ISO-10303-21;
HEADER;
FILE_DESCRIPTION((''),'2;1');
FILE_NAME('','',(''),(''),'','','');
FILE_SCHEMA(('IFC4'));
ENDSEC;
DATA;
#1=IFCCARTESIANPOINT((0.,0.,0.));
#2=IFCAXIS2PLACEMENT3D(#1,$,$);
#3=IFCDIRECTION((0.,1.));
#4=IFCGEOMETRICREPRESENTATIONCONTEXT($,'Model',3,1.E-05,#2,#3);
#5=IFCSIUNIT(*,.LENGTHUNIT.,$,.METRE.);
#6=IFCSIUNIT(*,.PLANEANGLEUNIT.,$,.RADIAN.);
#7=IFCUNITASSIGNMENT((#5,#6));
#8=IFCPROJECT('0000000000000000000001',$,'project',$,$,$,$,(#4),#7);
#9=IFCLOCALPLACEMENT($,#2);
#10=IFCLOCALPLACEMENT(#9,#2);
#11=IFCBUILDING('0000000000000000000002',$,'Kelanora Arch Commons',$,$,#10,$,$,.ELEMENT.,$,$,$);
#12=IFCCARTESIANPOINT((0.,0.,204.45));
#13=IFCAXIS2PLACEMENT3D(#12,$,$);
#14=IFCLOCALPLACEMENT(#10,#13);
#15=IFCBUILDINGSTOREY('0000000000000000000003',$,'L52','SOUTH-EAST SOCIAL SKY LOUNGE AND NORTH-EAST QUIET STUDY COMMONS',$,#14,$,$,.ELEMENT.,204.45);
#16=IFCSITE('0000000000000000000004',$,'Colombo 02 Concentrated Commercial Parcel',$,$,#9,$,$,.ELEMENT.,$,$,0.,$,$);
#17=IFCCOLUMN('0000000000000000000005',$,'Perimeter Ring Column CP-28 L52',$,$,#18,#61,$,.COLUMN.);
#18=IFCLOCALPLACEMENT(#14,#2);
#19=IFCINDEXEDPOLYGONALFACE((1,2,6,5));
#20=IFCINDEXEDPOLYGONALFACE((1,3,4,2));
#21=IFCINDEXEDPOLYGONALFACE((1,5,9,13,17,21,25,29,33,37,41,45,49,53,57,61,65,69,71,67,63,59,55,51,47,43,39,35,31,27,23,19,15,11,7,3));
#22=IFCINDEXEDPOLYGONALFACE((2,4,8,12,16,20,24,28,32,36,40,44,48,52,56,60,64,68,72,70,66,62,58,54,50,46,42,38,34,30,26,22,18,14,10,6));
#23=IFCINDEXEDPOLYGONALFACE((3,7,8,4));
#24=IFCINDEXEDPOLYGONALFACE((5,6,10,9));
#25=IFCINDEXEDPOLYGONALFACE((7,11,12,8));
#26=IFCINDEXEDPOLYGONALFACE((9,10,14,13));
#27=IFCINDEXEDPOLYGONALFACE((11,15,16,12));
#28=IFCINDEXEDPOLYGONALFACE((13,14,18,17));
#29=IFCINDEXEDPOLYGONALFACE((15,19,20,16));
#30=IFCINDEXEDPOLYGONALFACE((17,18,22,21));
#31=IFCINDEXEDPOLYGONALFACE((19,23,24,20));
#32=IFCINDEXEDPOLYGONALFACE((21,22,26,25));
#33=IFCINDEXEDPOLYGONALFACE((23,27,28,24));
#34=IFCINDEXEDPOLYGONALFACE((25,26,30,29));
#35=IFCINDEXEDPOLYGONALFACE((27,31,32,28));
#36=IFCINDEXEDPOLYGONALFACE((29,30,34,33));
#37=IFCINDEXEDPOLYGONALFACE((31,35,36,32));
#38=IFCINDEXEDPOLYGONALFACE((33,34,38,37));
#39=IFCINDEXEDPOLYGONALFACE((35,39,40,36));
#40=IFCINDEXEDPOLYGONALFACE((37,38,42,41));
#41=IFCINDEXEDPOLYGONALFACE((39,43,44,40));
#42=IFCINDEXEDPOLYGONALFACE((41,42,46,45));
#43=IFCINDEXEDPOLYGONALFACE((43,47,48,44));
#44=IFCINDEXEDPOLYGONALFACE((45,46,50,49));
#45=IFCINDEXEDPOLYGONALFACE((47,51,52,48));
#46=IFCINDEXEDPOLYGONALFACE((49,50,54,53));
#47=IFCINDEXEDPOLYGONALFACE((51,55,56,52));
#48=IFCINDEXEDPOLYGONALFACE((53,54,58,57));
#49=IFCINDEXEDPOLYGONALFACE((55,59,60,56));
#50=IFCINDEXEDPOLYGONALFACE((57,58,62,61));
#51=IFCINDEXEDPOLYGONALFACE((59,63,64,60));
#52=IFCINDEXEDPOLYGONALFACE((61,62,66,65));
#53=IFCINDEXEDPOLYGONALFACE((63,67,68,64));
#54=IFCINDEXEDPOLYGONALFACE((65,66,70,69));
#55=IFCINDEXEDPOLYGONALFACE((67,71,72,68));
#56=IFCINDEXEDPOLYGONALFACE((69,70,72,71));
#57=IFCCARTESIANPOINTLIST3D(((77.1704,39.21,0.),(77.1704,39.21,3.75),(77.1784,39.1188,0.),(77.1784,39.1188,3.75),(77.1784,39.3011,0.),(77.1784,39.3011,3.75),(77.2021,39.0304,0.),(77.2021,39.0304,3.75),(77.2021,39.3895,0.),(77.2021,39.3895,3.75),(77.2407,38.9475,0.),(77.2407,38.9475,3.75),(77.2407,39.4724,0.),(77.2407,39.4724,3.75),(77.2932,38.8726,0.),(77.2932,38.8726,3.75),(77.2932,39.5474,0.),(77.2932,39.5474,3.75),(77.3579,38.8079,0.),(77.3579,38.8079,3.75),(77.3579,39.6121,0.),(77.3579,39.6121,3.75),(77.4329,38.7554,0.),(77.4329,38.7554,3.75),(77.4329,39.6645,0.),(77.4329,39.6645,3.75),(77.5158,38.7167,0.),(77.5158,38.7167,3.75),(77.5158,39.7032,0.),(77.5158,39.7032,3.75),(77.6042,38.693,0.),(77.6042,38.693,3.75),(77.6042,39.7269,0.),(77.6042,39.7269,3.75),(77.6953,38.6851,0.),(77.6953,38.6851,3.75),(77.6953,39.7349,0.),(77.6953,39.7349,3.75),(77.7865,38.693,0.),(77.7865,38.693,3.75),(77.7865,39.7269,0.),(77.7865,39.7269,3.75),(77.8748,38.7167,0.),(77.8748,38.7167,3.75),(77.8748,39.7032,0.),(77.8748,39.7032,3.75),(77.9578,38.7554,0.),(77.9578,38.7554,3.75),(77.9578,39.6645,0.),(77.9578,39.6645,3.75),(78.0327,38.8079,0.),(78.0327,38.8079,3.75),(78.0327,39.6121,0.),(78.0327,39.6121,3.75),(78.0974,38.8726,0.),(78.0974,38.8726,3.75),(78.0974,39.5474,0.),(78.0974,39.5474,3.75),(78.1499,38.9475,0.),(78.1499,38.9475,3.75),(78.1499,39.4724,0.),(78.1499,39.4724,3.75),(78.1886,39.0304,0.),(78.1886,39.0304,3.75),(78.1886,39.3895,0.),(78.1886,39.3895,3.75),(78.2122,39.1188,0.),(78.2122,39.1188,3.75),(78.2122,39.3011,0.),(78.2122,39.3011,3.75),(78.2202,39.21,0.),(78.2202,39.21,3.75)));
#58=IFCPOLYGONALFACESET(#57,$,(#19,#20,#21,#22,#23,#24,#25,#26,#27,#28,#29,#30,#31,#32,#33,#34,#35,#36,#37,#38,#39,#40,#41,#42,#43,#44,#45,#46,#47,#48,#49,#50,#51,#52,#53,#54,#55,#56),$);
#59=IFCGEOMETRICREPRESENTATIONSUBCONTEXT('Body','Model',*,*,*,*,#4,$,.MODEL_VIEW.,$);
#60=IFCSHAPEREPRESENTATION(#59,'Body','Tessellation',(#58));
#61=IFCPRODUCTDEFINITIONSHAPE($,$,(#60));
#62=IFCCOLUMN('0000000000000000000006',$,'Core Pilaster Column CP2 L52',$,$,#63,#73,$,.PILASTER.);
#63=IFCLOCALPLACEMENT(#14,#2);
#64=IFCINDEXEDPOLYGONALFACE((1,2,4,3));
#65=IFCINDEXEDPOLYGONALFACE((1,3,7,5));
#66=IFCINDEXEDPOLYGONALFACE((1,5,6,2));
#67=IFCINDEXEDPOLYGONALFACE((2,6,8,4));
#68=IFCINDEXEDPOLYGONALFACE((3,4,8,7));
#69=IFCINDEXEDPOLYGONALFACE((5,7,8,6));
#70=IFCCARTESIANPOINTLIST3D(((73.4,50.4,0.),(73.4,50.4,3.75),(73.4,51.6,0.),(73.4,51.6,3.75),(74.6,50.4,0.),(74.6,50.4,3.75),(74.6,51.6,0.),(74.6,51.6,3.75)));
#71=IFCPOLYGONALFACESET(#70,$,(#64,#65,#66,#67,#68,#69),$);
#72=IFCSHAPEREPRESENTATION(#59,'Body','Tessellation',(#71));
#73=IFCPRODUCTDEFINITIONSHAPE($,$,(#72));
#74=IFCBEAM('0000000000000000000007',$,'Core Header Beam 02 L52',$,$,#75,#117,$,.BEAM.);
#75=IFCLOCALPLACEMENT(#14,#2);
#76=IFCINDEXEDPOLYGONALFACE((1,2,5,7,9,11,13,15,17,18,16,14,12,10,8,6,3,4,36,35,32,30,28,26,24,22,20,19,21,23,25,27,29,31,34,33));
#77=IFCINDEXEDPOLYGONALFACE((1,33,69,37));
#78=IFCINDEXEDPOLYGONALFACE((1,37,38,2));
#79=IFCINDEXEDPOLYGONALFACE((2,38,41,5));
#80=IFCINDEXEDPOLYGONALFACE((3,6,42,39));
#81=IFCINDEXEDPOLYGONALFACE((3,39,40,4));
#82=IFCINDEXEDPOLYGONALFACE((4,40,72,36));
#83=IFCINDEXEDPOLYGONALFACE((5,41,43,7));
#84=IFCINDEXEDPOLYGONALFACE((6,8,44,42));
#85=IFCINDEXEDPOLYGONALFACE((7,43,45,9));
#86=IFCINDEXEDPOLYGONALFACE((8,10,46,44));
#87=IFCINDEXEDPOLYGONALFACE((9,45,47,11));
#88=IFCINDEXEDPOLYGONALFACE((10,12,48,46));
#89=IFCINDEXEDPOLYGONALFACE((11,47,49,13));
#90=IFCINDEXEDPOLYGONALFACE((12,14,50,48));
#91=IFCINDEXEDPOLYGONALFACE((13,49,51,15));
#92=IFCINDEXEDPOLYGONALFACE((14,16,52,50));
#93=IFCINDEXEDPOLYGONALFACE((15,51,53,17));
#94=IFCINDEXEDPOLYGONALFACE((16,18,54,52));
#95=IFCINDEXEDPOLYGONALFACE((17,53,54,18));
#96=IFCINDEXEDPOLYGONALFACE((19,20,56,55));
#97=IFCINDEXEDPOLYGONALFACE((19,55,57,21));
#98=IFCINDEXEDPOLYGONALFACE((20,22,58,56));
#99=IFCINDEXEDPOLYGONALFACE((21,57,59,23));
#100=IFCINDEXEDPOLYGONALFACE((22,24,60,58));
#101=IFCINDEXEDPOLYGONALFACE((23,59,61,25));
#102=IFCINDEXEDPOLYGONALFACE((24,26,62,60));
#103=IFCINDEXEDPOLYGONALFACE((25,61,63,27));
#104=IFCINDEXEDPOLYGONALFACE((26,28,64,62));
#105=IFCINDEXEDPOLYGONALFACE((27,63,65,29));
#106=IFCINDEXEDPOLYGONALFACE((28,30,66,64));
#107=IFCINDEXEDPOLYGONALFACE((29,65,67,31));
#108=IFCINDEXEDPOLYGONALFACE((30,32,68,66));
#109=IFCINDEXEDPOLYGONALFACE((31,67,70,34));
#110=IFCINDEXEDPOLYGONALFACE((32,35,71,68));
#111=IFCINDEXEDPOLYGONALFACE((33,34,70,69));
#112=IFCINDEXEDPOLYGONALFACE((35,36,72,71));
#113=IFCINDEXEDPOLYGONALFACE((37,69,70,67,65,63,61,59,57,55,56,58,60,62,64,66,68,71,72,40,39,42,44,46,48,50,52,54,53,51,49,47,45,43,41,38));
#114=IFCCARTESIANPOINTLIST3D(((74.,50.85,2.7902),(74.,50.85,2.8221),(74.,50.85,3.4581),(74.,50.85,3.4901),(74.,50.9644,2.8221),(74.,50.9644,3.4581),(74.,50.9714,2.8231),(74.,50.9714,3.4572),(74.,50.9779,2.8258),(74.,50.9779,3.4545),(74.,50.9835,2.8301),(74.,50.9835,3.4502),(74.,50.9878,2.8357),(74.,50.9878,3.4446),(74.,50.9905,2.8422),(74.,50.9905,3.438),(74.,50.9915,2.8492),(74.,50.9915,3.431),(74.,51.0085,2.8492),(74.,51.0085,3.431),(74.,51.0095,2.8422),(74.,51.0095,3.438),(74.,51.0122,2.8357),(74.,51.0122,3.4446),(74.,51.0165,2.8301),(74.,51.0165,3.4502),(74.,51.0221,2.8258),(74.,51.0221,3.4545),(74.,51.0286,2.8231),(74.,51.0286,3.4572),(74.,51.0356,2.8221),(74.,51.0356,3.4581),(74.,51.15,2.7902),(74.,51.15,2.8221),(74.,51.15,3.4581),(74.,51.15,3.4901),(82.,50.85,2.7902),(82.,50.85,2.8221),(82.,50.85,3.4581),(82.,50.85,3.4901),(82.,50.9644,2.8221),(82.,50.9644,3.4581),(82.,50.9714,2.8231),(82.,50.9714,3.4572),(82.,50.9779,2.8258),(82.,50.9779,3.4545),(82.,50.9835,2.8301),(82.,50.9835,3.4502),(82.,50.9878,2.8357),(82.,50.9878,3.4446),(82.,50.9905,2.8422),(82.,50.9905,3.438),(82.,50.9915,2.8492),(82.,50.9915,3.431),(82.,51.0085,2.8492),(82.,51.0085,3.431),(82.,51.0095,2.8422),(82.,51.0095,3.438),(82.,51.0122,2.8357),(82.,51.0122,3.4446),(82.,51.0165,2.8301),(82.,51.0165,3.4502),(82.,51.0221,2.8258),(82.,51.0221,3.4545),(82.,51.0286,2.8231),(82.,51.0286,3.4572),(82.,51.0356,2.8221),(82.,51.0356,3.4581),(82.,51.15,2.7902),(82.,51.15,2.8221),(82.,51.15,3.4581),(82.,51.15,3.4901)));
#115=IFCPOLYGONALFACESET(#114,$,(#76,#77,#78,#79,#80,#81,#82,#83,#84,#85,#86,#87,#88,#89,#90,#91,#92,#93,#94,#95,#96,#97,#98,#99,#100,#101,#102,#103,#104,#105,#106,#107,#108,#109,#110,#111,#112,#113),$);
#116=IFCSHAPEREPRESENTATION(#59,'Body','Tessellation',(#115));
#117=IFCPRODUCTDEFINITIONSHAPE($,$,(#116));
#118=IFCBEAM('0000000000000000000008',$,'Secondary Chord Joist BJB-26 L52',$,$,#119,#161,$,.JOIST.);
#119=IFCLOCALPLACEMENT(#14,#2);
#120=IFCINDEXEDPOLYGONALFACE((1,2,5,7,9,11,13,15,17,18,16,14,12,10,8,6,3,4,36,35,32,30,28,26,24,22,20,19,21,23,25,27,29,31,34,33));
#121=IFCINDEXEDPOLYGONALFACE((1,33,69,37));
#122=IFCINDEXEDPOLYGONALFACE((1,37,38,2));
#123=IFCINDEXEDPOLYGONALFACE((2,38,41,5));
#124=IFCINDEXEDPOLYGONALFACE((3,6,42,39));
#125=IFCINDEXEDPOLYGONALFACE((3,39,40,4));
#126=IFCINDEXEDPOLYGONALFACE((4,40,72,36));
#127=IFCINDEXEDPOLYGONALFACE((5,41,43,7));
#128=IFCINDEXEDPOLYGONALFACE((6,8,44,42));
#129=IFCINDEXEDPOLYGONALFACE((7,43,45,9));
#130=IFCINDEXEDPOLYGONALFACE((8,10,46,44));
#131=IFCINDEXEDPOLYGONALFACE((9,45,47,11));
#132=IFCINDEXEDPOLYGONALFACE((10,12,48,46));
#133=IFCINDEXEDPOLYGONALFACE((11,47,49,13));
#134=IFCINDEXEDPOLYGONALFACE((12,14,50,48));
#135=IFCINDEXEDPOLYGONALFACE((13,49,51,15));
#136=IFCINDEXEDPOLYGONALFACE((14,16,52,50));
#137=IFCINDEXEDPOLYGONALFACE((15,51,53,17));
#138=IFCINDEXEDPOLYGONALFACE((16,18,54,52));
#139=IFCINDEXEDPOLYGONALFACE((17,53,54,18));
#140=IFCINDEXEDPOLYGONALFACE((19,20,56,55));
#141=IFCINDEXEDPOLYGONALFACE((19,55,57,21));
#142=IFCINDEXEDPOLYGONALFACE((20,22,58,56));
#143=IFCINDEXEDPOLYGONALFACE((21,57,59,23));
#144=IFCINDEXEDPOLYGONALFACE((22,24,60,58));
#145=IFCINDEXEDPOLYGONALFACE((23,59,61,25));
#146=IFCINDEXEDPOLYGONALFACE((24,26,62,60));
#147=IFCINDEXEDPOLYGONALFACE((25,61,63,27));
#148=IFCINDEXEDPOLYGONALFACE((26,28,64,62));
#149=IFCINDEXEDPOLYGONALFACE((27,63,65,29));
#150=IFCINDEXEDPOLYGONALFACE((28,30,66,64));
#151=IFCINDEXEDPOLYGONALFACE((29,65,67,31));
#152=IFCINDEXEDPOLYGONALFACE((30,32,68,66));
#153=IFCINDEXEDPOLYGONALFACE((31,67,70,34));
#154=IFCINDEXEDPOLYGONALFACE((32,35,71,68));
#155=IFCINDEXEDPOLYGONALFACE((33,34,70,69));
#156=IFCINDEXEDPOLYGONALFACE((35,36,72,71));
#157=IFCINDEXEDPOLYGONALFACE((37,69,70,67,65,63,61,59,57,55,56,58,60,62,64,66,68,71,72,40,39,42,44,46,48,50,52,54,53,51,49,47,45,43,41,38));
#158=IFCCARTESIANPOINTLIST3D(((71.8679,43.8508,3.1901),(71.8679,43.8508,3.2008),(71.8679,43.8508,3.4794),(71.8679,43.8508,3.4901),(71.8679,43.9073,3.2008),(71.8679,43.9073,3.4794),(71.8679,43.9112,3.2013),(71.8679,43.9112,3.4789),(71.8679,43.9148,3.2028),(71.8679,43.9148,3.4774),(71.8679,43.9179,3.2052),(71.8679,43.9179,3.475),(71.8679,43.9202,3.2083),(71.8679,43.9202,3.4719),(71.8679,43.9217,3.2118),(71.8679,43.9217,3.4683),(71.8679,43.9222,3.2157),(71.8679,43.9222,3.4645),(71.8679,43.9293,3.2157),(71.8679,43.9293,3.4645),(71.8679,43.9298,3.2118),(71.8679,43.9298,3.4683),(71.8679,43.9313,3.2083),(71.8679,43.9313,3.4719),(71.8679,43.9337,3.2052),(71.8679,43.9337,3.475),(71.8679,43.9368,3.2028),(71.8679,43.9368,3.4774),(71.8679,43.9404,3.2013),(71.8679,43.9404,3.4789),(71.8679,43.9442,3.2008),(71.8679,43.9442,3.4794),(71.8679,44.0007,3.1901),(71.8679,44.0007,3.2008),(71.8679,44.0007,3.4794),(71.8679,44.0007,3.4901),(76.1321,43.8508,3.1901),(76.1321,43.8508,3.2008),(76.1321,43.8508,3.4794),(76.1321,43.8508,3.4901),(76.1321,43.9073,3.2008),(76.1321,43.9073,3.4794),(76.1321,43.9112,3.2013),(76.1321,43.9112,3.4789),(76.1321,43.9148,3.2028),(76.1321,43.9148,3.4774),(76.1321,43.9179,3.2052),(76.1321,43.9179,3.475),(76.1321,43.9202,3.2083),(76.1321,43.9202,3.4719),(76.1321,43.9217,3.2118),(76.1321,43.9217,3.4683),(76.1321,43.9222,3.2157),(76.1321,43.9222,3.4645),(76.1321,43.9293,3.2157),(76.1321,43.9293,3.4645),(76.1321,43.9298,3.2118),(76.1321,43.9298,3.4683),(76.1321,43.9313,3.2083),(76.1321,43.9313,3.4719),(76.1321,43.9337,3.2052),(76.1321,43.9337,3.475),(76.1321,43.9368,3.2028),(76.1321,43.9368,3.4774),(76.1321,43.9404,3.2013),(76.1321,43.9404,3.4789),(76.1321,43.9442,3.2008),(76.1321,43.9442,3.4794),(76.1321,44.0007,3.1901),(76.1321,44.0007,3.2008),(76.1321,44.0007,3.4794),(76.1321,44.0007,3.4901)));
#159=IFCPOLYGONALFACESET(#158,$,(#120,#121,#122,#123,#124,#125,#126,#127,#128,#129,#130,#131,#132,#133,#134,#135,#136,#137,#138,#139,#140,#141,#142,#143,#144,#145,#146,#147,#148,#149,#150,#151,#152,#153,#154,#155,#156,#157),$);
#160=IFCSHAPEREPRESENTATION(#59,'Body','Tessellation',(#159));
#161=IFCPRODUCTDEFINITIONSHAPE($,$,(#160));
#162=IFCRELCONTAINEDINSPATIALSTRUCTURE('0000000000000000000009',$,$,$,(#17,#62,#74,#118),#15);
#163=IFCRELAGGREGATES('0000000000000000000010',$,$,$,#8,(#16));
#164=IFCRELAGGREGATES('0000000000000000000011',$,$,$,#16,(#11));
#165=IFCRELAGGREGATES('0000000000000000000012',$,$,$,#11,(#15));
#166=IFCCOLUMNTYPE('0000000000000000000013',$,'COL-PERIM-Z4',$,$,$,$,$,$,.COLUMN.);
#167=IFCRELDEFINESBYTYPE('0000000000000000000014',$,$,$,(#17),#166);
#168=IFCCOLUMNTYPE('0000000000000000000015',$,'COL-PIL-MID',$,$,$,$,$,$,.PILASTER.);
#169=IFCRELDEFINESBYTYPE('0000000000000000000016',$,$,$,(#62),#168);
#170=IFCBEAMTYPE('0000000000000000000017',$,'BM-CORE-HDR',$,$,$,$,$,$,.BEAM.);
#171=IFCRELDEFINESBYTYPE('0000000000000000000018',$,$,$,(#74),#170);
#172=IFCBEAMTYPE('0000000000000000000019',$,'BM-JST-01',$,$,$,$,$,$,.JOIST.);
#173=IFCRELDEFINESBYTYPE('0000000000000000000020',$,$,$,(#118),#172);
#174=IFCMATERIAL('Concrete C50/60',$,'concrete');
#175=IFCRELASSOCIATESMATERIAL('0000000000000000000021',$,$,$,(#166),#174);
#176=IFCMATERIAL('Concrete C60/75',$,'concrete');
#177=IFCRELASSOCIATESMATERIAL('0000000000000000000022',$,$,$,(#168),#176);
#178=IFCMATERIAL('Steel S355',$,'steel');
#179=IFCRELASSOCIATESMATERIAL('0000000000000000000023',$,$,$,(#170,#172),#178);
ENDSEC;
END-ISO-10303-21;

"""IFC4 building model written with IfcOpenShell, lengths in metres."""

from ifc_helpers import new_model, si_unit, direction, frame, origin, origin_2d, place, context, subcontext, project, spatial, rectangle, circle, i_section, extrude, material, material_profile, profile_set, type_object, element, save


model = new_model("IFC4")

# Units and contexts
model_context = context("Model", 3, precision=1e-05, world=origin(), true_north=direction((0.0, 1.0)))
body_context = subcontext(model_context, "Body", "Model", "MODEL_VIEW")
ifc_project = project(units=[si_unit("LENGTHUNIT", "METRE"), si_unit("PLANEANGLEUNIT", "RADIAN")], contexts=[model_context])

# Site, building, storey
site_placement = place(None, origin())
site = spatial("IfcSite", under=ifc_project, at=site_placement, Name="Colombo 02 Concentrated Commercial Parcel", CompositionType="ELEMENT", RefElevation=0.0)
building_placement = place(site_placement, origin())
building = spatial("IfcBuilding", under=site, at=building_placement, Name="Kelanora Arch Commons", CompositionType="ELEMENT")
storey_placement = place(building_placement, frame((0.0, 0.0, 204.45)))
storey = spatial("IfcBuildingStorey", under=building, at=storey_placement, Name="L52", Description="SOUTH-EAST SOCIAL SKY LOUNGE AND NORTH-EAST QUIET STUDY COMMONS", CompositionType="ELEMENT", Elevation=204.45)

# Columns
ifc_material_1 = material(Name="Concrete C50/60", Category="concrete")
ifc_material_profile_1 = material_profile(ifc_material_1, circle(Radius=0.5249, at=origin_2d()), Name="RCC1050")
ifc_profile_set_1 = profile_set([ifc_material_profile_1], Name="Concrete C50/60")
column_type_1 = type_object("IfcColumnType", Name="COL-PERIM-Z4", PredefinedType="COLUMN", material=ifc_profile_set_1)
column_1_placement = place(storey_placement, frame((77.6953, 39.21, 0.0), z_axis=(0.0, 0.0, 1.0), x_axis=(1.0, 0.0, 0.0)))
element("IfcColumn", 1, at=column_1_placement, inside=storey, type_object=column_type_1, Name="Perimeter Ring Column CP-28 L52", PredefinedType="COLUMN", context=body_context, shape_type="SweptSolid", body=[
    extrude(circle(Radius=0.5249, at=origin_2d()), origin(), (0.0, 0.0, 1.0), 3.75),
])
ifc_material_2 = material(Name="Concrete C60/75", Category="concrete")
ifc_material_profile_2 = material_profile(ifc_material_2, rectangle(XDim=1.2, YDim=1.2, at=origin_2d()), Name="RC1200x1200")
ifc_profile_set_2 = profile_set([ifc_material_profile_2], Name="Concrete C60/75")
column_type_2 = type_object("IfcColumnType", Name="COL-PIL-MID", PredefinedType="PILASTER", material=ifc_profile_set_2)
column_2_placement = place(storey_placement, frame((74.0, 51.0, 0.0), z_axis=(0.0, 0.0, 1.0), x_axis=(1.0, 0.0, 0.0)))
element("IfcColumn", 2, at=column_2_placement, inside=storey, type_object=column_type_2, Name="Core Pilaster Column CP2 L52", PredefinedType="PILASTER", context=body_context, shape_type="SweptSolid", body=[
    extrude(rectangle(XDim=1.2, YDim=1.2, at=origin_2d()), origin(), (0.0, 0.0, 1.0), 3.75),
])

# Beams
ifc_material_3 = material(Name="Steel S355", Category="steel")
ifc_material_profile_3 = material_profile(ifc_material_3, i_section(OverallWidth=0.3, OverallDepth=0.7, WebThickness=0.0171, FlangeThickness=0.032, FilletRadius=0.0271, at=origin_2d()), Name="HEB700")
ifc_profile_set_3 = profile_set([ifc_material_profile_3], Name="Steel S355")
beam_type_1 = type_object("IfcBeamType", Name="BM-CORE-HDR", PredefinedType="BEAM", material=ifc_profile_set_3)
beam_1_placement = place(storey_placement, frame((74.0, 51.0, 3.1401), z_axis=(1.0, 0.0, 0.0), x_axis=(0.0, 1.0, 0.0)))
element("IfcBeam", 3, at=beam_1_placement, inside=storey, type_object=beam_type_1, Name="Core Header Beam 02 L52", PredefinedType="BEAM", context=body_context, shape_type="SweptSolid", body=[
    extrude(i_section(OverallWidth=0.3, OverallDepth=0.7, WebThickness=0.0171, FlangeThickness=0.032, FilletRadius=0.0271, at=origin_2d()), origin(), (0.0, 0.0, 1.0), 8.0),
])
ifc_material_profile_4 = material_profile(ifc_material_3, i_section(OverallWidth=0.1499, OverallDepth=0.3, WebThickness=0.0071, FlangeThickness=0.0107, FilletRadius=0.0149, at=origin_2d()), Name="IPE300")
ifc_profile_set_4 = profile_set([ifc_material_profile_4], Name="Steel S355")
beam_type_2 = type_object("IfcBeamType", Name="BM-JST-01", PredefinedType="JOIST", material=ifc_profile_set_4)
beam_2_placement = place(storey_placement, frame((71.8679, 43.9258, 3.3401), z_axis=(1.0, 0.0, 0.0), x_axis=(0.0, 1.0, 0.0)))
element("IfcBeam", 4, at=beam_2_placement, inside=storey, type_object=beam_type_2, Name="Secondary Chord Joist BJB-26 L52", PredefinedType="JOIST", context=body_context, shape_type="SweptSolid", body=[
    extrude(i_section(OverallWidth=0.1499, OverallDepth=0.3, WebThickness=0.0071, FlangeThickness=0.0107, FilletRadius=0.0149, at=origin_2d()), origin(), (0.0, 0.0, 1.0), 4.2642),
])

save(model, "model.ifc")
